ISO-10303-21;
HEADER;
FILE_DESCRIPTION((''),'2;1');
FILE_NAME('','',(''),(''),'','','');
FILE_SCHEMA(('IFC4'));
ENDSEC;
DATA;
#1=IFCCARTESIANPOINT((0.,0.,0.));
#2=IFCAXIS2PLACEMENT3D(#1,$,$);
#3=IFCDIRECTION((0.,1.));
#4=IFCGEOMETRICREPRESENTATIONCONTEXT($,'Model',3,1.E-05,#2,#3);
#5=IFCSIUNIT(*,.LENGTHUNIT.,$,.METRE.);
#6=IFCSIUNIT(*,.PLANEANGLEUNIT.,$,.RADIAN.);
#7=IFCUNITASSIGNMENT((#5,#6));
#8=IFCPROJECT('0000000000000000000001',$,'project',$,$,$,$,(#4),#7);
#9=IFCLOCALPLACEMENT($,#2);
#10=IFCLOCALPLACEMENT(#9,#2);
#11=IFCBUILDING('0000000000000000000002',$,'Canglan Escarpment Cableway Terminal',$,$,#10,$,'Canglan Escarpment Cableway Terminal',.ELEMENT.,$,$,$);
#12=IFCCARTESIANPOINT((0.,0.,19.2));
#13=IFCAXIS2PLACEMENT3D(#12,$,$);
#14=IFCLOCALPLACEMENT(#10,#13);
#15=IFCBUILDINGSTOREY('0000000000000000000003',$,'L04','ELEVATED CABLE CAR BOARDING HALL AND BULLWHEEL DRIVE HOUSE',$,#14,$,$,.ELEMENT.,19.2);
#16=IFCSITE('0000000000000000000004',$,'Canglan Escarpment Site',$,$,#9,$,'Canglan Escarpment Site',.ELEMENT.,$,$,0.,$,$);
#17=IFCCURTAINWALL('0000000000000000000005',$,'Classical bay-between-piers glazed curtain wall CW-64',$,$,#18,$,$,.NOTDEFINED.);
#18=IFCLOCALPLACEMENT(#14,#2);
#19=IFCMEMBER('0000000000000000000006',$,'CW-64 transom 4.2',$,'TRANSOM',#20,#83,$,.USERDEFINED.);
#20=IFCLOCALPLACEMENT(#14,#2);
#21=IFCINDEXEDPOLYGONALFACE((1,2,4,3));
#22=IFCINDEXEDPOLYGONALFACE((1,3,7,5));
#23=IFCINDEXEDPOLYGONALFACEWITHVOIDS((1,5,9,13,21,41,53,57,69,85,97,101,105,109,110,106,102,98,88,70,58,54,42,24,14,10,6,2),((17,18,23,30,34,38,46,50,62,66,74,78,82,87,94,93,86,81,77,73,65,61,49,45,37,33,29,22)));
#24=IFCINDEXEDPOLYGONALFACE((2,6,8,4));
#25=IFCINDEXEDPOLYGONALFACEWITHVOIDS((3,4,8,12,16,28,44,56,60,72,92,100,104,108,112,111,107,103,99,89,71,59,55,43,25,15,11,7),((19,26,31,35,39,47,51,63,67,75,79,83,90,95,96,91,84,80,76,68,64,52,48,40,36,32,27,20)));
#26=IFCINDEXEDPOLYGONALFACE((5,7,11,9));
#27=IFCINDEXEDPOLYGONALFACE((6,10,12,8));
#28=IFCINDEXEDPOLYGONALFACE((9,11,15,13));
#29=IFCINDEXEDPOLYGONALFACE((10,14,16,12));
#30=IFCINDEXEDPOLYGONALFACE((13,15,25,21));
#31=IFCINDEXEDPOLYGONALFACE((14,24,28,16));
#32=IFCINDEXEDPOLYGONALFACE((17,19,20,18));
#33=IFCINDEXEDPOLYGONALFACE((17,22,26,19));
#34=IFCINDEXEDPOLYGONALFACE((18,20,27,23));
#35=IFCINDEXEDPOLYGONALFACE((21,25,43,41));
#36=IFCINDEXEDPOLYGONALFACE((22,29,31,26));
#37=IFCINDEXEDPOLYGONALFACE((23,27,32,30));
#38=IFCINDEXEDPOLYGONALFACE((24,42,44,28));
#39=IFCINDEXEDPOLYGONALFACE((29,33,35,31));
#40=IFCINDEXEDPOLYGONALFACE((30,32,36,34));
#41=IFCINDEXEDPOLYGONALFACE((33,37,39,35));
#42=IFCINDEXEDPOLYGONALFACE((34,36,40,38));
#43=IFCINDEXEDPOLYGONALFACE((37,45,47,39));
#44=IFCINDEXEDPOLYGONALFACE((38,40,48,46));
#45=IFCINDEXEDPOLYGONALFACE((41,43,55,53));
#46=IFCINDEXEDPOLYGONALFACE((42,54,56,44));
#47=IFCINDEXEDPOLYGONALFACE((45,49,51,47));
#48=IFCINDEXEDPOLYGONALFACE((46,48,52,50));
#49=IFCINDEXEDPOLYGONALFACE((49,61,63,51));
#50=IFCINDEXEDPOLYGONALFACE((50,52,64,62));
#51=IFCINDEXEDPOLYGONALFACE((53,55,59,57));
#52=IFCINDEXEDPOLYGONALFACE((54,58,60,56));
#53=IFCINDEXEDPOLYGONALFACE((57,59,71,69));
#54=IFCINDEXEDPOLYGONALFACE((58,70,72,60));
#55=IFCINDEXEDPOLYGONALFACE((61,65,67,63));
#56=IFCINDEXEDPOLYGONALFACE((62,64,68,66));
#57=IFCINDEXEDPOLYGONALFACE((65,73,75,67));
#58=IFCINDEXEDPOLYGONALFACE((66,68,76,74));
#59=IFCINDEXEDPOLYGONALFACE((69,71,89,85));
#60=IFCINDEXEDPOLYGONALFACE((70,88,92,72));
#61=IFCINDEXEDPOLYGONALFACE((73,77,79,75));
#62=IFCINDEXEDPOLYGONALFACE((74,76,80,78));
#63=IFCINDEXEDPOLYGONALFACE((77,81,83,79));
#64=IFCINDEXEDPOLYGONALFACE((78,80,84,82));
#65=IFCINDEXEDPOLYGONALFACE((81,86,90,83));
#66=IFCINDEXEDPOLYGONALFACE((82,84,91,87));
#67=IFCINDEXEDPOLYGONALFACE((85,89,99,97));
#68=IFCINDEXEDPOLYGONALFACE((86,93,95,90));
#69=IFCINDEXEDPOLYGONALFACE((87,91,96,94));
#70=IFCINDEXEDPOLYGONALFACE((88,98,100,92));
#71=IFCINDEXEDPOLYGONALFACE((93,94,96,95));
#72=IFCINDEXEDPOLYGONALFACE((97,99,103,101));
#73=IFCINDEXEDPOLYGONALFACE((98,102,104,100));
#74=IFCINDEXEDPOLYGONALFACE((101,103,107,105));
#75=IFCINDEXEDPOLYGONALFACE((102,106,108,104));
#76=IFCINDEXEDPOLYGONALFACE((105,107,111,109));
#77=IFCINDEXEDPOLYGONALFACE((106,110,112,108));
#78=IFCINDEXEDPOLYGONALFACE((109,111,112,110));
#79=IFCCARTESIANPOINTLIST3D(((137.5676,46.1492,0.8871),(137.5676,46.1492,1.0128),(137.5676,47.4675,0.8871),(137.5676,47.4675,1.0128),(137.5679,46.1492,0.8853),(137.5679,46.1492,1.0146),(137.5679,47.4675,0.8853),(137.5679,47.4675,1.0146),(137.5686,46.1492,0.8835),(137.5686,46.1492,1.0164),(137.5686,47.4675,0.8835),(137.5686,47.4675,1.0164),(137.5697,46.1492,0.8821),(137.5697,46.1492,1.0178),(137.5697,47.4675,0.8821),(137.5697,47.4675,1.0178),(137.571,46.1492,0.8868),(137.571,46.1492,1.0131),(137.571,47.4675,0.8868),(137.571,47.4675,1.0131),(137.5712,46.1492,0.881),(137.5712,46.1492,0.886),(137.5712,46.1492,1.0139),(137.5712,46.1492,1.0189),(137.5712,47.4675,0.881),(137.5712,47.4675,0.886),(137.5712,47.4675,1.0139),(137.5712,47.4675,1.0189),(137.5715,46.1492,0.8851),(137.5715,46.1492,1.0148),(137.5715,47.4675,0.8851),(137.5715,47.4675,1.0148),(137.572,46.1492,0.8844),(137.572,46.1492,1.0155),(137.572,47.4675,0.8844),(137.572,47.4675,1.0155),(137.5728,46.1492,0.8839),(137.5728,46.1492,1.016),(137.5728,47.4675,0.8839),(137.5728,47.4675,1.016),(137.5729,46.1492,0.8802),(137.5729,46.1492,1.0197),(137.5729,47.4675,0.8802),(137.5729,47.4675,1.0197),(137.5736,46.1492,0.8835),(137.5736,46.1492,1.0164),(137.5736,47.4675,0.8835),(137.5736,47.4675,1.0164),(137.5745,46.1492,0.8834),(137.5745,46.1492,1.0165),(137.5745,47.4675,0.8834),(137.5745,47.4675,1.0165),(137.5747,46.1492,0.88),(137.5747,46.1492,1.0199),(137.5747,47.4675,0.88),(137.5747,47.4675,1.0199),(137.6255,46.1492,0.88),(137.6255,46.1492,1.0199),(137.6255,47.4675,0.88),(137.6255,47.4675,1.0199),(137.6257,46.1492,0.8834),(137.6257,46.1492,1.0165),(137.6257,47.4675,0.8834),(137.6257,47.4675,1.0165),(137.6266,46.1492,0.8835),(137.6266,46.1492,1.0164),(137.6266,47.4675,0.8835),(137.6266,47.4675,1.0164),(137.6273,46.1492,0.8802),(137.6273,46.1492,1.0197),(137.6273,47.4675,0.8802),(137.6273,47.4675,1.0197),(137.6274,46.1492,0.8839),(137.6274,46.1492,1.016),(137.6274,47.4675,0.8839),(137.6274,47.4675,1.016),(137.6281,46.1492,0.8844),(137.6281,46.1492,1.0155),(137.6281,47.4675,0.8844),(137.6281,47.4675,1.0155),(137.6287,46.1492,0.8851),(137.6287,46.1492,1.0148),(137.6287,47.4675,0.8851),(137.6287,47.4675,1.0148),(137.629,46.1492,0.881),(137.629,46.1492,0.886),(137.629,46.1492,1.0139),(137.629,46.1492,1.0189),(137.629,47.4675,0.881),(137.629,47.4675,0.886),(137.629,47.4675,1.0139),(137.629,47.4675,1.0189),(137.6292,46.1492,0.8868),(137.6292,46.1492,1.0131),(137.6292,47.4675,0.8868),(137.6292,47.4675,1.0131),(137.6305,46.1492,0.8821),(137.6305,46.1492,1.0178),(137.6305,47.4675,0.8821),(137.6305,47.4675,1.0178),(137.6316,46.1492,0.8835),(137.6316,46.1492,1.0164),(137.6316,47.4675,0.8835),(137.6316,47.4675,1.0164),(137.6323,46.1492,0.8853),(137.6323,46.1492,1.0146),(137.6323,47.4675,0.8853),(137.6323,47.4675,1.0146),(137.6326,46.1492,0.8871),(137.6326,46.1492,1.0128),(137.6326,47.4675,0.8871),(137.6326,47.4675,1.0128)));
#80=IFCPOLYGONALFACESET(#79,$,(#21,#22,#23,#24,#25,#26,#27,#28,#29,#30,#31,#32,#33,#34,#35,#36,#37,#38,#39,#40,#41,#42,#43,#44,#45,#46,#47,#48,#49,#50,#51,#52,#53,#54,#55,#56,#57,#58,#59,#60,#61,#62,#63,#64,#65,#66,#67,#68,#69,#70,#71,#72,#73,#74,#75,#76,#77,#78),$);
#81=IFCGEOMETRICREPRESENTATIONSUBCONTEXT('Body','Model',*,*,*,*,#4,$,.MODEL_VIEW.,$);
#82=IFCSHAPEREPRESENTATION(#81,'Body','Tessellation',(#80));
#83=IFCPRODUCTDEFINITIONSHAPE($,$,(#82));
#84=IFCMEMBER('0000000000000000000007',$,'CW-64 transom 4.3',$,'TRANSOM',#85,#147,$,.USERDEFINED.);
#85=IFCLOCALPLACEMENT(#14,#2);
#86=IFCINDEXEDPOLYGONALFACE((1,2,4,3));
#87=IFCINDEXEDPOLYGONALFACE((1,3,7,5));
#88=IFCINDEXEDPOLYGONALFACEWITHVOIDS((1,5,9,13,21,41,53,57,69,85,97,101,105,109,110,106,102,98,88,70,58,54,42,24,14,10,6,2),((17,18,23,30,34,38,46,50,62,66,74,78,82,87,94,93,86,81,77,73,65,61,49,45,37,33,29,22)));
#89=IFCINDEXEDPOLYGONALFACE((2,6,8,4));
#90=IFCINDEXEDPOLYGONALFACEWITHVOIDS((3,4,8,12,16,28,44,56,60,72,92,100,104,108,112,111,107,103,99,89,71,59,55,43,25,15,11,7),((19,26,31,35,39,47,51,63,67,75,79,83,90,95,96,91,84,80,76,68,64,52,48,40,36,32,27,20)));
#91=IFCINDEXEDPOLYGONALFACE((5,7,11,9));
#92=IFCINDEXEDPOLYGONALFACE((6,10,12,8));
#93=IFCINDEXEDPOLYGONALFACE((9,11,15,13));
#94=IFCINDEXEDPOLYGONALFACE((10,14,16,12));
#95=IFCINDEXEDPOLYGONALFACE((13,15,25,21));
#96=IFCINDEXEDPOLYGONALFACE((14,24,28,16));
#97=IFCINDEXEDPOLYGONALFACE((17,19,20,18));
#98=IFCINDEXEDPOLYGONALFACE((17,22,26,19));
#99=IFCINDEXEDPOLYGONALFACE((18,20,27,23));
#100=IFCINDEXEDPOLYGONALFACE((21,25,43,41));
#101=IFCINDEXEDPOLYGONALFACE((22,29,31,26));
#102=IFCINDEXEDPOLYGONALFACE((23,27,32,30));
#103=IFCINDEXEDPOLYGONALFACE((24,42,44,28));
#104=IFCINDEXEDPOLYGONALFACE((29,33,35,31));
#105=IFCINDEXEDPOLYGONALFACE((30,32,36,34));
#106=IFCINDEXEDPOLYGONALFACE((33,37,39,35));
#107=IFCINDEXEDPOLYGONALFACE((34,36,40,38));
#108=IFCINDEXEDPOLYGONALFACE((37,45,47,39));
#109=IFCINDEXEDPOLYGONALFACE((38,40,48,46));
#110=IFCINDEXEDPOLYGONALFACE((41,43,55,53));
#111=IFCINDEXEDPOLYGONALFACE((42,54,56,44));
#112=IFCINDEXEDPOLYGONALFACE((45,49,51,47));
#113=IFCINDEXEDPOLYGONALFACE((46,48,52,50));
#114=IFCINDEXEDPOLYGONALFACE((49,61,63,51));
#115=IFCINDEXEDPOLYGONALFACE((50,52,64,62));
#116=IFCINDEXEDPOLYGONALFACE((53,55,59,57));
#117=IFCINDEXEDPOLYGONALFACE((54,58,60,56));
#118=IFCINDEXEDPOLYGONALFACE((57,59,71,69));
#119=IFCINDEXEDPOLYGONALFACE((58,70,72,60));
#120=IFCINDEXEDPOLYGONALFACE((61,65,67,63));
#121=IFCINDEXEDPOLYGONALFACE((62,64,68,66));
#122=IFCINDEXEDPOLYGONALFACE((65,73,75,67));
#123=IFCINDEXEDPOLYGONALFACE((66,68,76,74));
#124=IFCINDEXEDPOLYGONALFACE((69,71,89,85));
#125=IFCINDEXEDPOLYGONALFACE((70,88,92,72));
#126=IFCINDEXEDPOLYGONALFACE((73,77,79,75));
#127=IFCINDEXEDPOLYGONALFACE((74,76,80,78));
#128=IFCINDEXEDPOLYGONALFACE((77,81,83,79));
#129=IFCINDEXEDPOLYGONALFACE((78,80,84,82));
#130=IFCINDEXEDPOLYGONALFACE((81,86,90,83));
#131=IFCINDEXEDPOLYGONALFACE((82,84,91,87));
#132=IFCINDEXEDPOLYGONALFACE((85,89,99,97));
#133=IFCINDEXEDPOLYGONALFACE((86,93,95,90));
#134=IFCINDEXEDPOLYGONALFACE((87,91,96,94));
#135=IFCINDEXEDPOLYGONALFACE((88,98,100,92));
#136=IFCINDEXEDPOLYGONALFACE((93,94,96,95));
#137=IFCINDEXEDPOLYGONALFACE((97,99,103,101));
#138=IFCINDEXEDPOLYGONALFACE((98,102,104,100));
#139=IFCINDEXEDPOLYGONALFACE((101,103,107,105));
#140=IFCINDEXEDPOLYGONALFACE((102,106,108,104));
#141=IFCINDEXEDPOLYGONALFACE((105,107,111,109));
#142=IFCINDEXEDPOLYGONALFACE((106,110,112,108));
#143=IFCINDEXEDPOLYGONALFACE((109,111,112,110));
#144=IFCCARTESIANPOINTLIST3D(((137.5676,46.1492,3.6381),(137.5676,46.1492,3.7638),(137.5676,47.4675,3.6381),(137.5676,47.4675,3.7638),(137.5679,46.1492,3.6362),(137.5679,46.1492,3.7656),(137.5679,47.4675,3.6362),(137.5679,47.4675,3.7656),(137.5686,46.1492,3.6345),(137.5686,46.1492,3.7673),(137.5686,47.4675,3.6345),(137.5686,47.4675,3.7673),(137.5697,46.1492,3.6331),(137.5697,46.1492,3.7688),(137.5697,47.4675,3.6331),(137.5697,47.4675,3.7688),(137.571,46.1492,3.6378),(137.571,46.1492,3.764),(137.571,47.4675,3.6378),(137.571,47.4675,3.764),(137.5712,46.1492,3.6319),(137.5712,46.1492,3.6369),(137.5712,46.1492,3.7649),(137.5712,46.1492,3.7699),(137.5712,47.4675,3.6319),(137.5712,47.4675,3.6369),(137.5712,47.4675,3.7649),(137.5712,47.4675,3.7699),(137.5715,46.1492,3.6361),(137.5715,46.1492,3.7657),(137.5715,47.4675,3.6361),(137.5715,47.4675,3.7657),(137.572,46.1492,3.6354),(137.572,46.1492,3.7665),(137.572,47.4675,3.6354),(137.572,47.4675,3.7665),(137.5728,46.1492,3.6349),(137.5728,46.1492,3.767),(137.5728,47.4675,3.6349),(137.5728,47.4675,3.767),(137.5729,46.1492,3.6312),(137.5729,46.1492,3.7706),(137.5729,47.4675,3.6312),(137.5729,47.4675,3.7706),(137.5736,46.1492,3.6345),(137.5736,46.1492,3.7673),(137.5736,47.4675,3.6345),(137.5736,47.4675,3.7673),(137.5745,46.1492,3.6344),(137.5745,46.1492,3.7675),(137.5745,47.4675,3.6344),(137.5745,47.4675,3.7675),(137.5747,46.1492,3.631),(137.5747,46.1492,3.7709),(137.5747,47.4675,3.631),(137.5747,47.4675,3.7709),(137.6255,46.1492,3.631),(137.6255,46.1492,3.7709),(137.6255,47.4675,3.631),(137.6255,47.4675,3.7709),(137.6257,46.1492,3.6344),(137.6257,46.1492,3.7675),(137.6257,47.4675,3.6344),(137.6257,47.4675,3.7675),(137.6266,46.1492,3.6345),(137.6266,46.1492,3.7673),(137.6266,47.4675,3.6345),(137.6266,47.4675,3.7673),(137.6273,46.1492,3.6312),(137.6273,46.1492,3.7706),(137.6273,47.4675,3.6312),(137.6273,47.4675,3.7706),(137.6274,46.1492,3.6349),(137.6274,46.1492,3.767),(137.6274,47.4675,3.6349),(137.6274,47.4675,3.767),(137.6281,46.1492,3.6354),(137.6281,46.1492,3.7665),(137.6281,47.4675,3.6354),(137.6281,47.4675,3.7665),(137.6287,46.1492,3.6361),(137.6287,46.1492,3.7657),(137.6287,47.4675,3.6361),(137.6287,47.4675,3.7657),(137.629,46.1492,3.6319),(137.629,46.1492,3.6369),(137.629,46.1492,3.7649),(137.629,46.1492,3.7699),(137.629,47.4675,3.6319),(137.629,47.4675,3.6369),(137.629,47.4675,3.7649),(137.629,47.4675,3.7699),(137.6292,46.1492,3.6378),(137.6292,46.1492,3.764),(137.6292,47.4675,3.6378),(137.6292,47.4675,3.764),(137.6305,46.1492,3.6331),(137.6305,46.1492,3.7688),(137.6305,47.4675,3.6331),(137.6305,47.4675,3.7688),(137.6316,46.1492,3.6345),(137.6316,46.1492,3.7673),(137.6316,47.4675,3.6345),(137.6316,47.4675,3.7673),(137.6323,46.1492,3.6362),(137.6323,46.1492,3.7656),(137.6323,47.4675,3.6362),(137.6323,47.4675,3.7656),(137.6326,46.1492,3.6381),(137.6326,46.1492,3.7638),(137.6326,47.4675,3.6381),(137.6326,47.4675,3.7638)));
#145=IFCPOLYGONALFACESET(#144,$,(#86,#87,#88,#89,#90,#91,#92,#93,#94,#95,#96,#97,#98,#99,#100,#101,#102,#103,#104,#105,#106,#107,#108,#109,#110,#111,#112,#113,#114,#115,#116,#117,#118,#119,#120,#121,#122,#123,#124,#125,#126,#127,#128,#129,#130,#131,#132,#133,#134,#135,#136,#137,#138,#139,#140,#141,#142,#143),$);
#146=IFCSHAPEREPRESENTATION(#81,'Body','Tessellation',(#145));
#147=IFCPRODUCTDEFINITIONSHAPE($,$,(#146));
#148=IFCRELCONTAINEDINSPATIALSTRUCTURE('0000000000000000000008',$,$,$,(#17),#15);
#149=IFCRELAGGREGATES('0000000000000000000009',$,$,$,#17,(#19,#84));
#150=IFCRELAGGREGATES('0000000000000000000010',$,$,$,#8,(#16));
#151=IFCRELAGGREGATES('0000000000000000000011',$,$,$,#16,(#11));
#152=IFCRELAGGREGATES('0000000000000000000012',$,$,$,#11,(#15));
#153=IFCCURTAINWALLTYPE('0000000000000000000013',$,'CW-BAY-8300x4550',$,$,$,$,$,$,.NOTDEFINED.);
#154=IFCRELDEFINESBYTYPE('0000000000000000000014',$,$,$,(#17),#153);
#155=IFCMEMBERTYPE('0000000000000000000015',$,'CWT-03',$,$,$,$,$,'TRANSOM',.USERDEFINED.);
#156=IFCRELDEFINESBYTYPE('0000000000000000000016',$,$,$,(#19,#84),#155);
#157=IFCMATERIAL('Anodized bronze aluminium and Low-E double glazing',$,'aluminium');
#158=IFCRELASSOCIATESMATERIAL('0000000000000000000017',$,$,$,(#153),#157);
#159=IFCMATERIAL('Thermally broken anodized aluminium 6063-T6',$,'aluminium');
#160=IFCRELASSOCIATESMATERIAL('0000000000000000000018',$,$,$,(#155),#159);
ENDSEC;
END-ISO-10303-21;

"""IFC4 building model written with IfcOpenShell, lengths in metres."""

from ifc_helpers import new_model, si_unit, direction, frame, origin, origin_2d, place, context, subcontext, project, spatial, hollow_rectangle, extrude, material, material_profile, profile_set, type_object, element, aggregate, save


model = new_model("IFC4")

# Units and contexts
model_context = context("Model", 3, precision=1e-05, world=origin(), true_north=direction((0.0, 1.0)))
body_context = subcontext(model_context, "Body", "Model", "MODEL_VIEW")
ifc_project = project(units=[si_unit("LENGTHUNIT", "METRE"), si_unit("PLANEANGLEUNIT", "RADIAN")], contexts=[model_context])

# Site, building, storey
site_placement = place(None, origin())
site = spatial("IfcSite", under=ifc_project, at=site_placement, Name="Canglan Escarpment Site", LongName="Canglan Escarpment Site", CompositionType="ELEMENT", RefElevation=0.0)
building_placement = place(site_placement, origin())
building = spatial("IfcBuilding", under=site, at=building_placement, Name="Canglan Escarpment Cableway Terminal", LongName="Canglan Escarpment Cableway Terminal", CompositionType="ELEMENT")
storey_placement = place(building_placement, frame((0.0, 0.0, 19.2)))
storey = spatial("IfcBuildingStorey", under=building, at=storey_placement, Name="L04", Description="ELEVATED CABLE CAR BOARDING HALL AND BULLWHEEL DRIVE HOUSE", CompositionType="ELEMENT", Elevation=19.2)

# Curtain wall, members
ifc_material_1 = material(Name="Anodized bronze aluminium and Low-E double glazing", Category="aluminium")
curtain_wall_type = type_object("IfcCurtainWallType", Name="CW-BAY-8300x4550", PredefinedType="NOTDEFINED", material=ifc_material_1)
curtain_wall_placement = place(storey_placement, origin())
curtain_wall = element("IfcCurtainWall", 1, at=curtain_wall_placement, inside=storey, type_object=curtain_wall_type, Name="Classical bay-between-piers glazed curtain wall CW-64", PredefinedType="NOTDEFINED")
ifc_material_2 = material(Name="Thermally broken anodized aluminium 6063-T6", Category="aluminium")
ifc_material_profile_1 = material_profile(ifc_material_2, hollow_rectangle(XDim=0.0649, YDim=0.1399, WallThickness=0.0034, InnerFilletRadius=0.0034, OuterFilletRadius=0.0071, at=origin_2d()), Name="ALU-TRAN 65x140x3.5")
ifc_profile_set_1 = profile_set([ifc_material_profile_1], Name="Thermally broken anodized aluminium 6063-T6")
member_type_1 = type_object("IfcMemberType", Name="CWT-03", ElementType="TRANSOM", PredefinedType="USERDEFINED", material=ifc_profile_set_1)
member_1_placement = place(storey_placement, frame((137.6001, 47.4675, 0.95), z_axis=(0.0, -1.0, 0.0), x_axis=(1.0, 0.0, 0.0)))
member_1 = element("IfcMember", 2, at=member_1_placement, type_object=member_type_1, Name="CW-64 transom 4.2", ObjectType="TRANSOM", PredefinedType="USERDEFINED", context=body_context, shape_type="SweptSolid", body=[
    extrude(hollow_rectangle(XDim=0.0649, YDim=0.1399, WallThickness=0.0034, InnerFilletRadius=0.0034, OuterFilletRadius=0.0071, at=origin_2d()), origin(), (0.0, 0.0, 1.0), 1.3184),
])
member_2_placement = place(storey_placement, frame((137.6001, 47.4675, 3.7009), z_axis=(0.0, -1.0, 0.0), x_axis=(1.0, 0.0, 0.0)))
member_2 = element("IfcMember", 3, at=member_2_placement, type_object=member_type_1, Name="CW-64 transom 4.3", ObjectType="TRANSOM", PredefinedType="USERDEFINED", context=body_context, shape_type="SweptSolid", body=[
    extrude(hollow_rectangle(XDim=0.0649, YDim=0.1399, WallThickness=0.0034, InnerFilletRadius=0.0034, OuterFilletRadius=0.0071, at=origin_2d()), origin(), (0.0, 0.0, 1.0), 1.3184),
])
aggregate(curtain_wall, [member_1, member_2])

save(model, "model.ifc")
